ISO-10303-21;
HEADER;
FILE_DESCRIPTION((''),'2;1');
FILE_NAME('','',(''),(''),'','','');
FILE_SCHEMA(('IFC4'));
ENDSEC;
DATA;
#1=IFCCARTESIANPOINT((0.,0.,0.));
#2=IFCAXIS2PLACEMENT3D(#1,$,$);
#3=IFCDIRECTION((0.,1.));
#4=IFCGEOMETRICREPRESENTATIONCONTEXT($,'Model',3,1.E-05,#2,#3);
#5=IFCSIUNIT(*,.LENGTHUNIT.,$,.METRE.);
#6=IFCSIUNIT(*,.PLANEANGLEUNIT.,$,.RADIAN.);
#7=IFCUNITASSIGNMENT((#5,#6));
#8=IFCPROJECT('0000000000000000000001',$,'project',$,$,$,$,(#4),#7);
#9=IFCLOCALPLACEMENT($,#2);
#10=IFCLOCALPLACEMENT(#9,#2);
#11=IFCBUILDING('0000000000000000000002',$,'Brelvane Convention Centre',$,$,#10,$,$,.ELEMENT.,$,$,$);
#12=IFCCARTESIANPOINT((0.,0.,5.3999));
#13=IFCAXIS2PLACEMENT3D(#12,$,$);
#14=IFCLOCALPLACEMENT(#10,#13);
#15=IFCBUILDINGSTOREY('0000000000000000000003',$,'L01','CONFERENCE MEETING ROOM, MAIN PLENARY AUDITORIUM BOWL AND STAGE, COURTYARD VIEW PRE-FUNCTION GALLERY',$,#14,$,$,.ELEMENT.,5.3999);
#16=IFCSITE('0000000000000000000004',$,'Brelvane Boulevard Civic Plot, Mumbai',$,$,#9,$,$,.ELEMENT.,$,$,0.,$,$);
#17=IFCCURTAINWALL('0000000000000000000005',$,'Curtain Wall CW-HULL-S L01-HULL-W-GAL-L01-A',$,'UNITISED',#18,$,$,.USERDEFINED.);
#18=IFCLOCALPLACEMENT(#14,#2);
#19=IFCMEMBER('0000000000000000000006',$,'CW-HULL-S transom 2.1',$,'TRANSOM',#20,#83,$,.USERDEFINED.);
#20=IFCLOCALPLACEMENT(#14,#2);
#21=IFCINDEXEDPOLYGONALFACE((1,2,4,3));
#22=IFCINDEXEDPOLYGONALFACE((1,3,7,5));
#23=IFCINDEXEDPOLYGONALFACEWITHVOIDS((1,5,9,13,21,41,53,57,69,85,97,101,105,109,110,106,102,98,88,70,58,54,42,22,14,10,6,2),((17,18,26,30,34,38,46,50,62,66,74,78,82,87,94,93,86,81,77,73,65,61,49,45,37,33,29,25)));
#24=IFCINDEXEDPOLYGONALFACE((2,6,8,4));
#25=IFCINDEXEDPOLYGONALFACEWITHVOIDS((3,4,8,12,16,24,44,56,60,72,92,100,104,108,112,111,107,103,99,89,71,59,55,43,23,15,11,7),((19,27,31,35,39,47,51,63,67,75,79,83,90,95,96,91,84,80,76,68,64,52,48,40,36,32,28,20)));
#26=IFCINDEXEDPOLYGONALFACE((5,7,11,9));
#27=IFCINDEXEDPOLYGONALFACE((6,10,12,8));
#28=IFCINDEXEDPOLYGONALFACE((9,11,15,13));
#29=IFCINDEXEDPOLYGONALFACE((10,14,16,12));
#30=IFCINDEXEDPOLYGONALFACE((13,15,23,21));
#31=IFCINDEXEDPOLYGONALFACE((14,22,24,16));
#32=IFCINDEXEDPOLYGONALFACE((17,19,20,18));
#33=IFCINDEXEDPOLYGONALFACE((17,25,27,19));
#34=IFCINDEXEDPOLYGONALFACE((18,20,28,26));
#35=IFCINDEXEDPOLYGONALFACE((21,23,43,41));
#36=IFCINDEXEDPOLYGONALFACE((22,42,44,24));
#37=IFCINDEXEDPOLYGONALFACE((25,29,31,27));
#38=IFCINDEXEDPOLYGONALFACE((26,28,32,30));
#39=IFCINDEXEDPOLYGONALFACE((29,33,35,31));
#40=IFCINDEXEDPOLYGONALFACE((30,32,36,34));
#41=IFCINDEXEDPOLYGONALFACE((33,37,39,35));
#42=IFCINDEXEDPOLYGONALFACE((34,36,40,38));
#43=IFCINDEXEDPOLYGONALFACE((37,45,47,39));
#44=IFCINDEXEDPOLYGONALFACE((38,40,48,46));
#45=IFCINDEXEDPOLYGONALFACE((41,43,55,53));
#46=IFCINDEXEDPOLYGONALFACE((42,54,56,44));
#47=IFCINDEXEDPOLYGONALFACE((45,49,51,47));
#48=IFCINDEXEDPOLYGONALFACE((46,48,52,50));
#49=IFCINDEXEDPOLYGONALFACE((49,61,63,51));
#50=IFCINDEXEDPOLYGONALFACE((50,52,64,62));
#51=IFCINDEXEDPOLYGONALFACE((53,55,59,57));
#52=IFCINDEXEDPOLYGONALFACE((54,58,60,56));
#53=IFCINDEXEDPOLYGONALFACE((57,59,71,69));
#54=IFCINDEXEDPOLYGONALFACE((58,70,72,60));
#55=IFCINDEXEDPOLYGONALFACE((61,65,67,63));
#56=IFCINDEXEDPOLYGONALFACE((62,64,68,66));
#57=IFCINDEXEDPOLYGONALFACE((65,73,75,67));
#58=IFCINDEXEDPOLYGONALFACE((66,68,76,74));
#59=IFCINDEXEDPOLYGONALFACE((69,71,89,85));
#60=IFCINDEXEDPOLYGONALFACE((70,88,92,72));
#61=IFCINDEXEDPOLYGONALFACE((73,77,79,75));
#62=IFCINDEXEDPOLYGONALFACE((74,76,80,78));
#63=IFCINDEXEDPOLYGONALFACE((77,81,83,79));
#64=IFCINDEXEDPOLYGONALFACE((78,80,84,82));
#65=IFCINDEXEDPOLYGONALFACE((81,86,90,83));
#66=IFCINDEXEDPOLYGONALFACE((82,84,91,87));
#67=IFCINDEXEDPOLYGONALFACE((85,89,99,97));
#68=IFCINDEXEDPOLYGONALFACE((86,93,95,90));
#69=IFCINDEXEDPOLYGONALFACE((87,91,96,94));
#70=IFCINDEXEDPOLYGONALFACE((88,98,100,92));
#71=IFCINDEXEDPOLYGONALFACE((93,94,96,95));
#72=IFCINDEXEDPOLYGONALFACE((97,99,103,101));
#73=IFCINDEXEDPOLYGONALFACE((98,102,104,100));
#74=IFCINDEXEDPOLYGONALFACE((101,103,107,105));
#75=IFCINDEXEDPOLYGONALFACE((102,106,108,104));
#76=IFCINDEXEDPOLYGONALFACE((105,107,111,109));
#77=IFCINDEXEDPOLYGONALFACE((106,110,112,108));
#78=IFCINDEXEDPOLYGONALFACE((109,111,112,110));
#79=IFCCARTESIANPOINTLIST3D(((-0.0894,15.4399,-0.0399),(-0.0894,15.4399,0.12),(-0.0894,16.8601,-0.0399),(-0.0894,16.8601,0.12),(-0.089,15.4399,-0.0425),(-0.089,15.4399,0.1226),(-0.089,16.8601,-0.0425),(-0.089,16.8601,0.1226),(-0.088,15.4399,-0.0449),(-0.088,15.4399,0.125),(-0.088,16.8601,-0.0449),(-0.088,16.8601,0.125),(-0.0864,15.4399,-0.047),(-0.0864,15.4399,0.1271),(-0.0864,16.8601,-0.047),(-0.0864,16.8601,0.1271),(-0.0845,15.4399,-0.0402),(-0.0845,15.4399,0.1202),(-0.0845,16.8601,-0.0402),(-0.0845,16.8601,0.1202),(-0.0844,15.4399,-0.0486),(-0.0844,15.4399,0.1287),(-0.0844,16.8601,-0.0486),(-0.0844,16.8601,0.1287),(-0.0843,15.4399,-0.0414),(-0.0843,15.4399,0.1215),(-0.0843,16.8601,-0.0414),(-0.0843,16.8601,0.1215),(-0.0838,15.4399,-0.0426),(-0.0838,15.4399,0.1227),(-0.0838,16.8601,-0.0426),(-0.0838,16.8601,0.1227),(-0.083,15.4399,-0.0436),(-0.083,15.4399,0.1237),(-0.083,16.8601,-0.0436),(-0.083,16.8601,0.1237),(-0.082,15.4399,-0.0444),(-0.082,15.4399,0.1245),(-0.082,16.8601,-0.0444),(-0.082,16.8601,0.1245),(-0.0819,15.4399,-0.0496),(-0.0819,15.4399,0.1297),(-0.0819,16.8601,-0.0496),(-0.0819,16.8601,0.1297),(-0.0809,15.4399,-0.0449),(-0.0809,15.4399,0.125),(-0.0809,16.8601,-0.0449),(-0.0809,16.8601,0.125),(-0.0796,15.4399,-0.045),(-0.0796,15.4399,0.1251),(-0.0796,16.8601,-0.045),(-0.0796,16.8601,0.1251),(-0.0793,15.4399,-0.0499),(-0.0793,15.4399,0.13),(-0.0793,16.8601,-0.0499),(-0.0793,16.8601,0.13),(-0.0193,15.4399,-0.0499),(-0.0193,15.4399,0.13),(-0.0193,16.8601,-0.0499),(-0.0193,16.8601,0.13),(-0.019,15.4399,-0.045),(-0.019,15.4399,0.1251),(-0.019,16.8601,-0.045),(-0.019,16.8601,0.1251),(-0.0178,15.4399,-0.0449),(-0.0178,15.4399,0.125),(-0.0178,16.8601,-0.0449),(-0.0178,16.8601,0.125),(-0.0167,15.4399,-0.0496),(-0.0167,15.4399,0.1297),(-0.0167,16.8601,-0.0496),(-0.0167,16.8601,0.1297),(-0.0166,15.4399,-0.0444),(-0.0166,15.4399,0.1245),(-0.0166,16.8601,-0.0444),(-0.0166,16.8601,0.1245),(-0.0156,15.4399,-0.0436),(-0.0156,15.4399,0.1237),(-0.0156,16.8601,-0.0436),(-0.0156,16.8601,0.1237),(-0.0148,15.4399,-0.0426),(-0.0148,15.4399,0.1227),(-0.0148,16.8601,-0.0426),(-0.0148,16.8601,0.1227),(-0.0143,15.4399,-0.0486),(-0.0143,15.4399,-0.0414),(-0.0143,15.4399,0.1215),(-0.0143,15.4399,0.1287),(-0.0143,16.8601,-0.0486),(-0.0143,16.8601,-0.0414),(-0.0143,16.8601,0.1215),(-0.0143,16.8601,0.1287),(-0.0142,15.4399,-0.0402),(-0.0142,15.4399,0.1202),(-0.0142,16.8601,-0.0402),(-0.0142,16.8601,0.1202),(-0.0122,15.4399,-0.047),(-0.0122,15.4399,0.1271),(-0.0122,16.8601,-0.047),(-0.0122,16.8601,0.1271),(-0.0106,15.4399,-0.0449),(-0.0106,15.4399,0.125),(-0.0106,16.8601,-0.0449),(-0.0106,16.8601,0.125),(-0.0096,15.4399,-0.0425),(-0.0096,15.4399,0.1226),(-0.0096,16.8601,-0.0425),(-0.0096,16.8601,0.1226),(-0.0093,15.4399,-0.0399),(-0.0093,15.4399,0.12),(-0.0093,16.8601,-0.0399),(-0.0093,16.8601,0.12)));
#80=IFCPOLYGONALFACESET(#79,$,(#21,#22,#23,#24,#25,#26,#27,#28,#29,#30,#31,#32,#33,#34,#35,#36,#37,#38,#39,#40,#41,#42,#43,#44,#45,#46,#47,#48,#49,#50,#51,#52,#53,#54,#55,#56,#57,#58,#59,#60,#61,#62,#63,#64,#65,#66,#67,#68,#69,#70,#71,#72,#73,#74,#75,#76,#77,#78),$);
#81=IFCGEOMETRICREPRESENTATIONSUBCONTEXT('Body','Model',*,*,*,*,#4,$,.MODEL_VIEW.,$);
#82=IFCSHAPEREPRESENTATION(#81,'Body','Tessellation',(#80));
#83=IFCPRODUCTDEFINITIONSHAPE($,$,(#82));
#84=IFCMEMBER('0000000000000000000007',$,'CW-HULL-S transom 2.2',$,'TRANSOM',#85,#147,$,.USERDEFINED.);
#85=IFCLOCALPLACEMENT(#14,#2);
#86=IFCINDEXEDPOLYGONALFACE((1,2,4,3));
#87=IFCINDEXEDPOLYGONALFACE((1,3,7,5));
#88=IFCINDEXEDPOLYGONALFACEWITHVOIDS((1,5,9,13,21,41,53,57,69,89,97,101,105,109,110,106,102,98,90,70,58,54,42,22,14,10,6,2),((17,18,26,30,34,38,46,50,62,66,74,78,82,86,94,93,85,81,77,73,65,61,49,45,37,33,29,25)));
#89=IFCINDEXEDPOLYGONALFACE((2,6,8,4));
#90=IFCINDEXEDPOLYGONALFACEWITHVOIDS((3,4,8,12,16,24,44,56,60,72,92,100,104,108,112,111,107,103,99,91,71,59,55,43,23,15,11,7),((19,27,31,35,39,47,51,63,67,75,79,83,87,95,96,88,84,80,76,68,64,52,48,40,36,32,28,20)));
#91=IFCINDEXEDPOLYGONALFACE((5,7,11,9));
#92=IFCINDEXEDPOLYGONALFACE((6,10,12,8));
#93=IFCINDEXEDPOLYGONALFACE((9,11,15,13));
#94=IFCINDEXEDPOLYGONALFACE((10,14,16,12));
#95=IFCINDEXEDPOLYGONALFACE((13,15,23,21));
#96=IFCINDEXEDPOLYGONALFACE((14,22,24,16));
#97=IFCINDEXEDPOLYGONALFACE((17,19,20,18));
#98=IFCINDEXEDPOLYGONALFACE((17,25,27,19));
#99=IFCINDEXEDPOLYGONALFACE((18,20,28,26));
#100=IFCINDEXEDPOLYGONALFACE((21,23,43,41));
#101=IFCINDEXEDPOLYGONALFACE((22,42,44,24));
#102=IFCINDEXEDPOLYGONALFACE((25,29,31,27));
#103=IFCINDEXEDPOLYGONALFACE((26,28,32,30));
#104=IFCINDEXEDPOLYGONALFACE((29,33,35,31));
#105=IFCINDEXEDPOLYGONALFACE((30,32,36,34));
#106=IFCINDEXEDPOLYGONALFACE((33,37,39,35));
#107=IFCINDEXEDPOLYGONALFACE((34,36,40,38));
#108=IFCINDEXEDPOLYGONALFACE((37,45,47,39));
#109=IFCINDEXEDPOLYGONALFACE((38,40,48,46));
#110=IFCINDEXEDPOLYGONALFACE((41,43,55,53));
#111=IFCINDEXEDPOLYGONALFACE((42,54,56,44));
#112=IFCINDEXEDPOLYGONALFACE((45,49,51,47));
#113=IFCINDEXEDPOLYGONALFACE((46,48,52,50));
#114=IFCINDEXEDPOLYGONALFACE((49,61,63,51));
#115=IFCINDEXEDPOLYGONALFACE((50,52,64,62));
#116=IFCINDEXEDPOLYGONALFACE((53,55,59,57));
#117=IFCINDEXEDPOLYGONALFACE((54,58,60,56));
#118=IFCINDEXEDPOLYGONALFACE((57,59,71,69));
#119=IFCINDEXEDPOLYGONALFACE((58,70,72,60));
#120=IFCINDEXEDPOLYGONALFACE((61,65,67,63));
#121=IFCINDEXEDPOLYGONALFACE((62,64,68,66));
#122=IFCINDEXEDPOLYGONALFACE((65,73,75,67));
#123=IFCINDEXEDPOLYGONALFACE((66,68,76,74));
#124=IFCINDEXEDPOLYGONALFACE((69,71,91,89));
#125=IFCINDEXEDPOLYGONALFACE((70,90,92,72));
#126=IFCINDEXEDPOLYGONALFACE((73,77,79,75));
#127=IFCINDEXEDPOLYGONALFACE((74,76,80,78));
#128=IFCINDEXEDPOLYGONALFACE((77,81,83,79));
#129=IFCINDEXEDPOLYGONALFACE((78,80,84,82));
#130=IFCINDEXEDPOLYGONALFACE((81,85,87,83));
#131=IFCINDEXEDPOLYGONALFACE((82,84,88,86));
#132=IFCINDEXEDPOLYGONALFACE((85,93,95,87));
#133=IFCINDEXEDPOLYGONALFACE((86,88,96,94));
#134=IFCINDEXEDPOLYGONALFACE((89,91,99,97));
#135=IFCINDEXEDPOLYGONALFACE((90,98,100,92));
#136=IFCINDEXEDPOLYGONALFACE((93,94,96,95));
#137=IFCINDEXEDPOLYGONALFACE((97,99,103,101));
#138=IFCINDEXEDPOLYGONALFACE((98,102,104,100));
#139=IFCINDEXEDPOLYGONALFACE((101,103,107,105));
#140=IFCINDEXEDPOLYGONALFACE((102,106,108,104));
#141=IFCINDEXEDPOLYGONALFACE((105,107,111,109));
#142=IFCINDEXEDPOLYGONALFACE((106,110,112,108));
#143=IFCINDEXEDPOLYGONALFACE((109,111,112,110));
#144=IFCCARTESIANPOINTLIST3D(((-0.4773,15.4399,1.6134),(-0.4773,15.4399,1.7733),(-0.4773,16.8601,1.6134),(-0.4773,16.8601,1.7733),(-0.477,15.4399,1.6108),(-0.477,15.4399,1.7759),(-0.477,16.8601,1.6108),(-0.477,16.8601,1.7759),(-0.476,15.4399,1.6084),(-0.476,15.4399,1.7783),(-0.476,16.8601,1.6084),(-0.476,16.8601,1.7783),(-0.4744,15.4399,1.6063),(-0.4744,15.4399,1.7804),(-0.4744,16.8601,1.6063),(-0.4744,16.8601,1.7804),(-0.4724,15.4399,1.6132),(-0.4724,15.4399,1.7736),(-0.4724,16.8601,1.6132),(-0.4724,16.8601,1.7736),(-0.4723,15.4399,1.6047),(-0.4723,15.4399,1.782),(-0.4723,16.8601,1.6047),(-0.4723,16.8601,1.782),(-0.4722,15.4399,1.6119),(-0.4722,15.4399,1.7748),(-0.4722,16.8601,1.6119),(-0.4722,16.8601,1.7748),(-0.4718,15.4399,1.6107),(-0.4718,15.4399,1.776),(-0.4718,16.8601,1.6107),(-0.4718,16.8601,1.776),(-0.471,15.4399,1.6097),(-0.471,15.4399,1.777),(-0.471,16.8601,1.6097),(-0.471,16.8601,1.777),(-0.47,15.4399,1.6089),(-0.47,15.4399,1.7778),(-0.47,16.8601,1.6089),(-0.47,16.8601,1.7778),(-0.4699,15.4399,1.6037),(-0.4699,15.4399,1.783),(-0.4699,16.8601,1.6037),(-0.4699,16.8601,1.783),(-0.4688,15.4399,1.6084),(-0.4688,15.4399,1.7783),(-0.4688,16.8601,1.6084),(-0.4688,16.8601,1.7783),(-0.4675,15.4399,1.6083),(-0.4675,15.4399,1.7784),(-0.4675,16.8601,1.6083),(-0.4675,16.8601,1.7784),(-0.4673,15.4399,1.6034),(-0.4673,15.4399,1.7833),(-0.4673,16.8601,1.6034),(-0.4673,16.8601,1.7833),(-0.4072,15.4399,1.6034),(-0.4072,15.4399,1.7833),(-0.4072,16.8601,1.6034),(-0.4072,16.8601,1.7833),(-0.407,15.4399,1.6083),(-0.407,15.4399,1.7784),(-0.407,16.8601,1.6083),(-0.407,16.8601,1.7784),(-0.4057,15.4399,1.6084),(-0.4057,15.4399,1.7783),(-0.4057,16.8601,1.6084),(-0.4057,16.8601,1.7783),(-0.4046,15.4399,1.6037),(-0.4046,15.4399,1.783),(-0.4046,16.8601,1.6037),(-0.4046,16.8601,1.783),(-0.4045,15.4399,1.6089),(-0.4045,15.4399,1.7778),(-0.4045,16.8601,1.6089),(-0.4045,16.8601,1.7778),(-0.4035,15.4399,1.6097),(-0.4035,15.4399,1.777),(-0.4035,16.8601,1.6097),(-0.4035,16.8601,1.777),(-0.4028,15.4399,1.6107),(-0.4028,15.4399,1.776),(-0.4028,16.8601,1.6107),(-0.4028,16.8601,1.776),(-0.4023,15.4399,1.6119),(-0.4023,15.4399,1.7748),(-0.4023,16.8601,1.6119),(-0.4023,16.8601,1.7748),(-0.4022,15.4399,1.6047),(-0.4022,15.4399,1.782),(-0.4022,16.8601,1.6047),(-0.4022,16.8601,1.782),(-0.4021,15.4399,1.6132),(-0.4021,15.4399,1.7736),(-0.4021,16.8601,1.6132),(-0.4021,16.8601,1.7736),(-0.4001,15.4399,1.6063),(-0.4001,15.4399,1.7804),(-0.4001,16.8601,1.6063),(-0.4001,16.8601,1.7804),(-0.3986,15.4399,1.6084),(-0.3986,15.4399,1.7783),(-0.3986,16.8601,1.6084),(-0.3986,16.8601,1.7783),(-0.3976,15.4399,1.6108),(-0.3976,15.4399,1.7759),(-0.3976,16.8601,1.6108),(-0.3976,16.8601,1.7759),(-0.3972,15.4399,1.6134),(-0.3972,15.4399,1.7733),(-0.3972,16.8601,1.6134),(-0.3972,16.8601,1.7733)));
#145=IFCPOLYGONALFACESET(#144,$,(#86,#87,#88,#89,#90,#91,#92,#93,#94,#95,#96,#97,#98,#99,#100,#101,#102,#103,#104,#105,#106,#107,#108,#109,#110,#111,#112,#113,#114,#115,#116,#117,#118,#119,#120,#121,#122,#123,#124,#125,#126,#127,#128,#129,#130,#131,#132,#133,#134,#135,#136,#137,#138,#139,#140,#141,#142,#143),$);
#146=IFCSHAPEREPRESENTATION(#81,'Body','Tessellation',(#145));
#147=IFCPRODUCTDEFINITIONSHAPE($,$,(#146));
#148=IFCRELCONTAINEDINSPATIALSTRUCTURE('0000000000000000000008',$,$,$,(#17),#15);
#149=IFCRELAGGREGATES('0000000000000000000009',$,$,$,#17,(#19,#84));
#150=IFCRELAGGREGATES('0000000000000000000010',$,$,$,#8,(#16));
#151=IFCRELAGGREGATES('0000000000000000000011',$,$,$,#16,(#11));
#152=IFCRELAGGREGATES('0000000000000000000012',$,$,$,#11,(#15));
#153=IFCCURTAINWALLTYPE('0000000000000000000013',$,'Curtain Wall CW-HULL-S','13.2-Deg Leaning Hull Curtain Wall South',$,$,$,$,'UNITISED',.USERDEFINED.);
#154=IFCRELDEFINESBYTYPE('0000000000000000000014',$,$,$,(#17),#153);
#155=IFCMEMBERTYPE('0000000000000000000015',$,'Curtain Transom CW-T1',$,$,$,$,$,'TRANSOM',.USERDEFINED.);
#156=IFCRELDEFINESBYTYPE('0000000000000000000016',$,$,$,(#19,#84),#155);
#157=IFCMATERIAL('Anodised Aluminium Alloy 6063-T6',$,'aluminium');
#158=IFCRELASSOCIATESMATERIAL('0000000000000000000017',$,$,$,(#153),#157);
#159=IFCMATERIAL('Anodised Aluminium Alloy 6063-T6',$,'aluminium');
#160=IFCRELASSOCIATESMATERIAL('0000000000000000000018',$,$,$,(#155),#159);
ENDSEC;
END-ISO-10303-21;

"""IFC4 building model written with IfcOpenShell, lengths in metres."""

from ifc_helpers import new_model, si_unit, direction, frame, origin, origin_2d, place, context, subcontext, project, spatial, hollow_rectangle, extrude, material, material_profile, profile_set, type_object, element, aggregate, save


model = new_model("IFC4")

# Units and contexts
model_context = context("Model", 3, precision=1e-05, world=origin(), true_north=direction((0.0, 1.0)))
body_context = subcontext(model_context, "Body", "Model", "MODEL_VIEW")
ifc_project = project(units=[si_unit("LENGTHUNIT", "METRE"), si_unit("PLANEANGLEUNIT", "RADIAN")], contexts=[model_context])

# Site, building, storey
site_placement = place(None, origin())
site = spatial("IfcSite", under=ifc_project, at=site_placement, Name="Brelvane Boulevard Civic Plot, Mumbai", CompositionType="ELEMENT", RefElevation=0.0)
building_placement = place(site_placement, origin())
building = spatial("IfcBuilding", under=site, at=building_placement, Name="Brelvane Convention Centre", CompositionType="ELEMENT")
storey_placement = place(building_placement, frame((0.0, 0.0, 5.3999)))
storey = spatial("IfcBuildingStorey", under=building, at=storey_placement, Name="L01", Description="CONFERENCE MEETING ROOM, MAIN PLENARY AUDITORIUM BOWL AND STAGE, COURTYARD VIEW PRE-FUNCTION GALLERY", CompositionType="ELEMENT", Elevation=5.3999)

# Curtain wall
ifc_material_1 = material(Name="Anodised Aluminium Alloy 6063-T6", Category="aluminium")
curtain_wall_type = type_object("IfcCurtainWallType", Name="Curtain Wall CW-HULL-S", Description="13.2-Deg Leaning Hull Curtain Wall South", ElementType="UNITISED", PredefinedType="USERDEFINED", material=ifc_material_1)
curtain_wall_1_placement = place(storey_placement, origin())
curtain_wall_1 = element("IfcCurtainWall", 1, at=curtain_wall_1_placement, inside=storey, type_object=curtain_wall_type, Name="Curtain Wall CW-HULL-S L01-HULL-W-GAL-L01-A", ObjectType="UNITISED", PredefinedType="USERDEFINED")

# Members
ifc_material_2 = material(Name="Anodised Aluminium Alloy 6063-T6", Category="aluminium")
ifc_material_profile_1 = material_profile(ifc_material_2, hollow_rectangle(XDim=0.0801, YDim=0.1799, WallThickness=0.0049, InnerFilletRadius=0.0049, OuterFilletRadius=0.01, at=origin_2d()), Name="ALU-T 180x80x5.0")
ifc_profile_set_1 = profile_set([ifc_material_profile_1], Name="Anodised Aluminium Alloy 6063-T6")
member_type_1 = type_object("IfcMemberType", Name="Curtain Transom CW-T1", ElementType="TRANSOM", PredefinedType="USERDEFINED", material=ifc_profile_set_1)
member_1_placement = place(storey_placement, frame((-0.0493, 15.4399, 0.04), z_axis=(0.0, 1.0, 0.0), x_axis=(-1.0, 0.0, 0.0)))
member_1 = element("IfcMember", 2, at=member_1_placement, type_object=member_type_1, Name="CW-HULL-S transom 2.1", ObjectType="TRANSOM", PredefinedType="USERDEFINED", context=body_context, shape_type="SweptSolid", body=[
    extrude(hollow_rectangle(XDim=0.0801, YDim=0.1799, WallThickness=0.0049, InnerFilletRadius=0.0049, OuterFilletRadius=0.01, at=origin_2d()), origin(), (0.0, 0.0, 1.0), 1.4202),
])
member_2_placement = place(storey_placement, frame((-0.4373, 15.4399, 1.6934), z_axis=(0.0, 1.0, 0.0), x_axis=(-1.0, 0.0, 0.0)))
member_2 = element("IfcMember", 3, at=member_2_placement, type_object=member_type_1, Name="CW-HULL-S transom 2.2", ObjectType="TRANSOM", PredefinedType="USERDEFINED", context=body_context, shape_type="SweptSolid", body=[
    extrude(hollow_rectangle(XDim=0.0801, YDim=0.1799, WallThickness=0.0049, InnerFilletRadius=0.0049, OuterFilletRadius=0.01, at=origin_2d()), origin(), (0.0, 0.0, 1.0), 1.4202),
])

aggregate(curtain_wall_1, [member_1, member_2])

save(model, "model.ifc")
